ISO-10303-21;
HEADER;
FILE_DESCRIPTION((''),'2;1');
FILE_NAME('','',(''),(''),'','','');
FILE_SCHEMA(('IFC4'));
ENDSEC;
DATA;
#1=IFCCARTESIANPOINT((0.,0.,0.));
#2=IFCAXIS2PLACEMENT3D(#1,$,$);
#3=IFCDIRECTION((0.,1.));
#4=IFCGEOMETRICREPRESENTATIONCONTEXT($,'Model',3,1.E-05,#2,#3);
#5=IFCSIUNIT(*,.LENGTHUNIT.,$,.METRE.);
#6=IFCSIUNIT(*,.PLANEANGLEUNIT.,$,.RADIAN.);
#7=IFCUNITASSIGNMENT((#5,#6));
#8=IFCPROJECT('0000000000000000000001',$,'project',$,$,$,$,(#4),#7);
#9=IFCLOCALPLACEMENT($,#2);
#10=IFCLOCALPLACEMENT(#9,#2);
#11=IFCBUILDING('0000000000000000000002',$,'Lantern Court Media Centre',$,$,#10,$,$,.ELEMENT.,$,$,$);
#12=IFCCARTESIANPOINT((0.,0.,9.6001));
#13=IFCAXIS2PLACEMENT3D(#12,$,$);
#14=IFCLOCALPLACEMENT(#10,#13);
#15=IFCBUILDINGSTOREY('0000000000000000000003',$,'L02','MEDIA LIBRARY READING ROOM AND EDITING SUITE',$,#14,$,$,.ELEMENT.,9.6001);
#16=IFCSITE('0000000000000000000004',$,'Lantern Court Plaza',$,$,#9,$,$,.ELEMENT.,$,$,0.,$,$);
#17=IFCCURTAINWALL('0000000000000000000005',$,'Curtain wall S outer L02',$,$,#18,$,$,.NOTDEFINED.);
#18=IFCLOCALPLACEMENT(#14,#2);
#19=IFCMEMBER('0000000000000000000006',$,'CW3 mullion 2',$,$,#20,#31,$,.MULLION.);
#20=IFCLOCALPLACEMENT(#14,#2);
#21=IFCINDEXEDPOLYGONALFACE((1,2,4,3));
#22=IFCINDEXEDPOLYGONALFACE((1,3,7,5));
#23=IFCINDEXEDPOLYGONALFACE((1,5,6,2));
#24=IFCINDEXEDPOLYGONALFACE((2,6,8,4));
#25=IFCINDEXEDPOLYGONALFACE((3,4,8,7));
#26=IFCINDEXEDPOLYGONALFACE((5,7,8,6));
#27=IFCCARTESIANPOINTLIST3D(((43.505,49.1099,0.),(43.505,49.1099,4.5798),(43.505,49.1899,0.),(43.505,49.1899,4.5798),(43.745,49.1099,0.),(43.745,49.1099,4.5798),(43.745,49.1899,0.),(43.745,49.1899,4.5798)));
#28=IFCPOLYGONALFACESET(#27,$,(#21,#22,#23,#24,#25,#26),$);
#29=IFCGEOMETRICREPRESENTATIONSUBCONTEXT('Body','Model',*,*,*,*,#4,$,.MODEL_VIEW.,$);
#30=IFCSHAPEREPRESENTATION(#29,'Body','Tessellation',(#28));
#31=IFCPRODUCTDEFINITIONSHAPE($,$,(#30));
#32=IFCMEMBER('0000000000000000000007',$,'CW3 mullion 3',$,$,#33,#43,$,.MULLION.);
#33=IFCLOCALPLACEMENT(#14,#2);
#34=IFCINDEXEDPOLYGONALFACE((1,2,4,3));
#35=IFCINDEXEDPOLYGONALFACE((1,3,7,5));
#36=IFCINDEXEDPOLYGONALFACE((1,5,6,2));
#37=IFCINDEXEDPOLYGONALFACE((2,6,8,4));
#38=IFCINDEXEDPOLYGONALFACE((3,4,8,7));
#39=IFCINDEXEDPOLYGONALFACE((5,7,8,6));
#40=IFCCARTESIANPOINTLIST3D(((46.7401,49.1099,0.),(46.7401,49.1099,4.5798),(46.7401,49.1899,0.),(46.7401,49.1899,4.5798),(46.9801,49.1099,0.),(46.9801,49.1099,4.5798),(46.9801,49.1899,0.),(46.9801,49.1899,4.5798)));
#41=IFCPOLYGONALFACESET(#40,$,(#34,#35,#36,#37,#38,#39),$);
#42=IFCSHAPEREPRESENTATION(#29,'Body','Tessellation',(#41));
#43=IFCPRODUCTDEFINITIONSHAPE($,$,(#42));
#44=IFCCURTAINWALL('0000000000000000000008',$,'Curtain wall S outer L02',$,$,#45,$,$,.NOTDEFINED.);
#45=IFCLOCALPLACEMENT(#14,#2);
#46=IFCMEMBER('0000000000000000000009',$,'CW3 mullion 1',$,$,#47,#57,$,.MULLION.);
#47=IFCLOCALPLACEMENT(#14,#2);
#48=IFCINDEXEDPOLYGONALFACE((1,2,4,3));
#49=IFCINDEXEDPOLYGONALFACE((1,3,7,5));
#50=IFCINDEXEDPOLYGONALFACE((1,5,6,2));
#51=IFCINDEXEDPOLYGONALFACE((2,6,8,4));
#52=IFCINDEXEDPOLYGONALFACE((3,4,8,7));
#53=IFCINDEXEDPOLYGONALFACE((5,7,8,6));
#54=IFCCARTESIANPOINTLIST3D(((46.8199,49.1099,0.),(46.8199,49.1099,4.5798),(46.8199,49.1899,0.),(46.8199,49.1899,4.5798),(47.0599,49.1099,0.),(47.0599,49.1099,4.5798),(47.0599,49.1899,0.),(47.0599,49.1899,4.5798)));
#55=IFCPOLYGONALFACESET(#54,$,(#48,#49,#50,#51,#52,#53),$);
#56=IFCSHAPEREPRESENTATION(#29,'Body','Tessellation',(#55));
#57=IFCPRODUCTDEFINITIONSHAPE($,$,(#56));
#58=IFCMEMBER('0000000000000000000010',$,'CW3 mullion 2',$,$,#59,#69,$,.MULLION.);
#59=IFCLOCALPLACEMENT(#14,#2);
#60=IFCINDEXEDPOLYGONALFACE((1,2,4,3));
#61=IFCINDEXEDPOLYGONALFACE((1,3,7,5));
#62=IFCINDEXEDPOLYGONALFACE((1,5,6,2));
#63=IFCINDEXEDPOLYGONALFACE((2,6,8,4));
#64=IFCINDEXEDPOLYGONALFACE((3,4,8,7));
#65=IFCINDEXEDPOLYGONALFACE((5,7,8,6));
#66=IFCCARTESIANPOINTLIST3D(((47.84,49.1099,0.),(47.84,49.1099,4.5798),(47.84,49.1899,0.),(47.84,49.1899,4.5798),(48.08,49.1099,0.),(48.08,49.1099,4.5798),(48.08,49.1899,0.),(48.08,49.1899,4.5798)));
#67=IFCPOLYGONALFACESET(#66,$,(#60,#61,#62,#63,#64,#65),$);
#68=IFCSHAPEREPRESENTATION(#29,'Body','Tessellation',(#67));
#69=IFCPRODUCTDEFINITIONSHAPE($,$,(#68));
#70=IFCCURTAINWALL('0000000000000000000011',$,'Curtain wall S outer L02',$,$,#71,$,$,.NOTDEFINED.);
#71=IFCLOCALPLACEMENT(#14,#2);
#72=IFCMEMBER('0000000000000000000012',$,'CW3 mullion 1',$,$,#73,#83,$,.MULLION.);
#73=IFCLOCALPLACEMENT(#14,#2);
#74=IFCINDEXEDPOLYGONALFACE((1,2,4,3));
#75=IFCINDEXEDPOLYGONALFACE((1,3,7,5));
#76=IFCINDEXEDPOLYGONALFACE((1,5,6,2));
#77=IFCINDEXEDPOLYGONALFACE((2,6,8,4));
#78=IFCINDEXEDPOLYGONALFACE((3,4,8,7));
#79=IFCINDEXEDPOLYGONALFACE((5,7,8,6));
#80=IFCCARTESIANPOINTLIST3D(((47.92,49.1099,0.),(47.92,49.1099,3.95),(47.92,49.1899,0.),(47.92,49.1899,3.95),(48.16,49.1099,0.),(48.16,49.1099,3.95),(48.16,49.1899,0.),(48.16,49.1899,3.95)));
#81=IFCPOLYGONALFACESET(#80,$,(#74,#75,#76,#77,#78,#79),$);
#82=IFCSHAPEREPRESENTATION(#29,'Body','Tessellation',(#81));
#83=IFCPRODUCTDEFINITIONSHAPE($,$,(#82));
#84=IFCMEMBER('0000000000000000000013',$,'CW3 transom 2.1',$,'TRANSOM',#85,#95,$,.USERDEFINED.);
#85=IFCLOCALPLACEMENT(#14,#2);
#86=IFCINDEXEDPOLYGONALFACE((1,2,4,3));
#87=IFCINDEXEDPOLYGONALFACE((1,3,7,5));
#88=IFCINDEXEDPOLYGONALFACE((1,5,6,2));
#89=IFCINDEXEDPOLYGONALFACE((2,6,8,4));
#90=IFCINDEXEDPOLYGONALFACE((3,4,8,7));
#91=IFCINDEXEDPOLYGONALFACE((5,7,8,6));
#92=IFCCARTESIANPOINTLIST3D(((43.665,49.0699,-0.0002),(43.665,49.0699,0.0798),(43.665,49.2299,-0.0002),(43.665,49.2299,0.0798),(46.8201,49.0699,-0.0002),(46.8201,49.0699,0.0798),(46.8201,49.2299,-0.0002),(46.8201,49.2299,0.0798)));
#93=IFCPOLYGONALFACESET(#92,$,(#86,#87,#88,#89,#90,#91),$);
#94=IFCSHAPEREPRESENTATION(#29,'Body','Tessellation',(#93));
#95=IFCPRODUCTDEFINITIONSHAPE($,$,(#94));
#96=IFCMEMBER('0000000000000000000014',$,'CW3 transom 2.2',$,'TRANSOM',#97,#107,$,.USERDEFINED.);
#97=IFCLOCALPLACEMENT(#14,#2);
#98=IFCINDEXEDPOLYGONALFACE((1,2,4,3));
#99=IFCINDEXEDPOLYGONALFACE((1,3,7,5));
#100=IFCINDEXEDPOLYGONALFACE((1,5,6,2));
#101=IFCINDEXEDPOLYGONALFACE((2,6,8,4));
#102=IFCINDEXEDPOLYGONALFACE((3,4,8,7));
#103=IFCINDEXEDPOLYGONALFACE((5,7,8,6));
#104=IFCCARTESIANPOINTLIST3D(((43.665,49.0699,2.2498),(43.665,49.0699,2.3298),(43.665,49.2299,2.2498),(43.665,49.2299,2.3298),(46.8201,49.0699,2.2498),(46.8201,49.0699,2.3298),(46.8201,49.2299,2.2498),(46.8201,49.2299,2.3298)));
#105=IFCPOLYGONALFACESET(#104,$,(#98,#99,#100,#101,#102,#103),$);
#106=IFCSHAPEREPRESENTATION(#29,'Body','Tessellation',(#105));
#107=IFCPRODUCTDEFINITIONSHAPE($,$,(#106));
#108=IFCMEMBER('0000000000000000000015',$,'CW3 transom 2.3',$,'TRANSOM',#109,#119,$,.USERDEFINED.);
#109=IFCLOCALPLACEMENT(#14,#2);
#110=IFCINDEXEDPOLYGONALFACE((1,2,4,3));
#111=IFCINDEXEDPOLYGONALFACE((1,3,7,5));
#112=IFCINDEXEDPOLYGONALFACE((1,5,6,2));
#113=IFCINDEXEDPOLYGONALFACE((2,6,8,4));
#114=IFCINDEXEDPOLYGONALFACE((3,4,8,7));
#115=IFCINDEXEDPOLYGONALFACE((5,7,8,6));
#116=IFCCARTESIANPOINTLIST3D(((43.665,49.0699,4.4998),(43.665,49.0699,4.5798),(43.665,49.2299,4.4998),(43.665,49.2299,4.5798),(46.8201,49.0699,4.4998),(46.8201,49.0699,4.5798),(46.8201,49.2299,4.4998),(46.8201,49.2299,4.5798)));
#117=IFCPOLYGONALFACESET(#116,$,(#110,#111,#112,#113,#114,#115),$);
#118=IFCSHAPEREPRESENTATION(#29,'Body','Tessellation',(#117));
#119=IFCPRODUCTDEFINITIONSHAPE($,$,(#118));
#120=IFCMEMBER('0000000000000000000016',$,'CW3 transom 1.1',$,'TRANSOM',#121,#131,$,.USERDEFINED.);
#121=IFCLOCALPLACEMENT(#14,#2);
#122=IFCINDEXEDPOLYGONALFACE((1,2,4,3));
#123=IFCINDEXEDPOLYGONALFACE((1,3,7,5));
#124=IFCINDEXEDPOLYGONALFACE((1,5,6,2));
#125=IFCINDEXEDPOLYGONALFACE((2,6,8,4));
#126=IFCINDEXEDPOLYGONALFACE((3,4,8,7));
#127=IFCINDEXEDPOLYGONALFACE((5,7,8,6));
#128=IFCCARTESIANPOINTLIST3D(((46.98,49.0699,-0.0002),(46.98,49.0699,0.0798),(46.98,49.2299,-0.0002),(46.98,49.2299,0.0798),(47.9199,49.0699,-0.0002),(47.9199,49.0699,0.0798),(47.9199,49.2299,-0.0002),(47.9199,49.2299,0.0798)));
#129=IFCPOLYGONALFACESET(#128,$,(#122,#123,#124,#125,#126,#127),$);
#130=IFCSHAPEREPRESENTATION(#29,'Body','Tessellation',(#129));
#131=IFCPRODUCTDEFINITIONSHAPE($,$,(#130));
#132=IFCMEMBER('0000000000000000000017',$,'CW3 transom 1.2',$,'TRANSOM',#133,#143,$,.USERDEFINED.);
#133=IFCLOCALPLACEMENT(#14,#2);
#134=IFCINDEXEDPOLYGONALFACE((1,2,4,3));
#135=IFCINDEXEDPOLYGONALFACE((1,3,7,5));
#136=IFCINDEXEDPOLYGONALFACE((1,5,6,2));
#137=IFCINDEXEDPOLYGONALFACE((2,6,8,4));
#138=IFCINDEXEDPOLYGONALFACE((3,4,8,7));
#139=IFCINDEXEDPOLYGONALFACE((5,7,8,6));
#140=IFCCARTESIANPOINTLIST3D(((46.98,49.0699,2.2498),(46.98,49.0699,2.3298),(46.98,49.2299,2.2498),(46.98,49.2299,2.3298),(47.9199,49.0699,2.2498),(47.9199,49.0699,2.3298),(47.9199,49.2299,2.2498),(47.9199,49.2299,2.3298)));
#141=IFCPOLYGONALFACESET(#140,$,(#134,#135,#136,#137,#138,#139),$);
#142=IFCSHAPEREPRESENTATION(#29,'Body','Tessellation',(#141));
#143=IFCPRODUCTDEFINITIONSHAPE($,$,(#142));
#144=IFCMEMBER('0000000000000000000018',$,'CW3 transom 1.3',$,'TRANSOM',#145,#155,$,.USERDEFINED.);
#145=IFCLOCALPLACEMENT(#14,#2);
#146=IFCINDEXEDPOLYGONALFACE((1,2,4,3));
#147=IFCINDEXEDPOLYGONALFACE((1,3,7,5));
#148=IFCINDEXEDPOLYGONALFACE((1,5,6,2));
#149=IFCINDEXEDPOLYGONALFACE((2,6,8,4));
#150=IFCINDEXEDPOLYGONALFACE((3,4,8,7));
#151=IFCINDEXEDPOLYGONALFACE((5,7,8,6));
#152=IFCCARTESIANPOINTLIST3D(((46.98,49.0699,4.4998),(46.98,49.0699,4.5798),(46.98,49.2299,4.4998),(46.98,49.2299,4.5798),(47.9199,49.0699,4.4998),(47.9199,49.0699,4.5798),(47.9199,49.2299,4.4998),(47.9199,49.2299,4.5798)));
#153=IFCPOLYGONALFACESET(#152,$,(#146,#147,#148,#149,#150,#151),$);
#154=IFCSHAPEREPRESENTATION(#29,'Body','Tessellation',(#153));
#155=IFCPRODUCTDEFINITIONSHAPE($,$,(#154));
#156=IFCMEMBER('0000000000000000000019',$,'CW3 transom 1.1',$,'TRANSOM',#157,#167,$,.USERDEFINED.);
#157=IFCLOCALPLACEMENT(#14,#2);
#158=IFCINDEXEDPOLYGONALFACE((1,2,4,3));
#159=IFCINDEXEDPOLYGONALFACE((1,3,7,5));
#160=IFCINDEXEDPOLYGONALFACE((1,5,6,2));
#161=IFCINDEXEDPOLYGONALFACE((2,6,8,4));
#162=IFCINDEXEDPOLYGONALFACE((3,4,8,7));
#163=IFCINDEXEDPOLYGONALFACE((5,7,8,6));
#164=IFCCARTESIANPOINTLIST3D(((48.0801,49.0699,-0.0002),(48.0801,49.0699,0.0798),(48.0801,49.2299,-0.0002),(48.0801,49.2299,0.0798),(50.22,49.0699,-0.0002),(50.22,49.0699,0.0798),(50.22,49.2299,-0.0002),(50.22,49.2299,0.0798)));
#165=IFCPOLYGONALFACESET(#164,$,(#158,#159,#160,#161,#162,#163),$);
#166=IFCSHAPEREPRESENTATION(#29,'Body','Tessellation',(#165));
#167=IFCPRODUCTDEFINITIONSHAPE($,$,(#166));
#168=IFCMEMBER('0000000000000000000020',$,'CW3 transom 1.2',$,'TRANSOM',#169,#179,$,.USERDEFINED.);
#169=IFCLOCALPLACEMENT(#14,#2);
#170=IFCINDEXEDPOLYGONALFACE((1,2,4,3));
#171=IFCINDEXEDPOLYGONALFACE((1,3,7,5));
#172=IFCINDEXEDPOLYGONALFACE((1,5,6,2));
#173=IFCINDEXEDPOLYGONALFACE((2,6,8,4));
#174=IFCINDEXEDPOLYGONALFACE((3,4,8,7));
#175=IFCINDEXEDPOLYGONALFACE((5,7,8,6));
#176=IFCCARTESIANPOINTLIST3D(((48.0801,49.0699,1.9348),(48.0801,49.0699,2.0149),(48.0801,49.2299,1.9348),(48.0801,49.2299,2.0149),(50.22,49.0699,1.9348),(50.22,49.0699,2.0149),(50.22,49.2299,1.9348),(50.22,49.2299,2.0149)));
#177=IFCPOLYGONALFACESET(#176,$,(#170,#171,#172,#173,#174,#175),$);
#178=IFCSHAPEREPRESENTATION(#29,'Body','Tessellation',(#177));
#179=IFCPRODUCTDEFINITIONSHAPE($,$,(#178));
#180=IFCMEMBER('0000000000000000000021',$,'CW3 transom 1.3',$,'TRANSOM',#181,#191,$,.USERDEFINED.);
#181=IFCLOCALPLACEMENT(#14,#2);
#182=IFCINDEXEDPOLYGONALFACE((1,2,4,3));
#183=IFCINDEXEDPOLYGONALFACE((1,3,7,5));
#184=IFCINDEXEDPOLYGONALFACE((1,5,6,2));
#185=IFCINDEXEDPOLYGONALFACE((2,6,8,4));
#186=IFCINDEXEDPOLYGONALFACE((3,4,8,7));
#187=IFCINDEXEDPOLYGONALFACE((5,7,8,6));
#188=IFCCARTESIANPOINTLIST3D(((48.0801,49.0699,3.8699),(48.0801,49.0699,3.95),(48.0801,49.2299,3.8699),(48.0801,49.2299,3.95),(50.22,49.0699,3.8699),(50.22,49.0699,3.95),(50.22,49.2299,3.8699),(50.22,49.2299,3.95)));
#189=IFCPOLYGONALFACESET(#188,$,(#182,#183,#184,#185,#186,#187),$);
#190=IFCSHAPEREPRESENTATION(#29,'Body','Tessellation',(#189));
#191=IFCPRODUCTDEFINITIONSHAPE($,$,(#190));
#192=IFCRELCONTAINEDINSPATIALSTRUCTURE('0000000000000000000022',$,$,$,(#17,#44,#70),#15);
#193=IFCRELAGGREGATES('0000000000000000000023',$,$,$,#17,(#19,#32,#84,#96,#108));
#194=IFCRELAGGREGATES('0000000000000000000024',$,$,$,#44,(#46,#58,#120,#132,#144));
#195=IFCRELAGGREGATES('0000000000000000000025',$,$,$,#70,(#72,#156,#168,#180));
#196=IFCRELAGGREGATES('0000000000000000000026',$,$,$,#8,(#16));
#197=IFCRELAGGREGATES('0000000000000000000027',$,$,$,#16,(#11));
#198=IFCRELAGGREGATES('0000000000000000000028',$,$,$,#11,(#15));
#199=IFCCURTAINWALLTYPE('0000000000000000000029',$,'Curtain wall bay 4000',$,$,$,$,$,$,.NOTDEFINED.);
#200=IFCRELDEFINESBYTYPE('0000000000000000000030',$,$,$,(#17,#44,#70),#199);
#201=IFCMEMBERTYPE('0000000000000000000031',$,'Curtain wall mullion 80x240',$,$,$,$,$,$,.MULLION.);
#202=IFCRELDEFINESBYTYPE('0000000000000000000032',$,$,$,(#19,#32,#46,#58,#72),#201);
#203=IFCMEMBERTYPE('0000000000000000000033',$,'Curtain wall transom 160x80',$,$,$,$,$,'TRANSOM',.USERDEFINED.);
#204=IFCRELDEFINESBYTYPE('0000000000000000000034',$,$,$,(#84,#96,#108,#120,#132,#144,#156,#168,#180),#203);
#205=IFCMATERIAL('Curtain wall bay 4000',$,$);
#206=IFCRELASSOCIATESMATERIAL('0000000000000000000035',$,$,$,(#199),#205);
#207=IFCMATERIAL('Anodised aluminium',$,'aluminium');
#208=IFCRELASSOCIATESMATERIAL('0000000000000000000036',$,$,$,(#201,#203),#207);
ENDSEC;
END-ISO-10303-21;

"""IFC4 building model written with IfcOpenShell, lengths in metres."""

from ifc_helpers import new_model, si_unit, direction, frame, origin, origin_2d, place, context, subcontext, project, spatial, rectangle, extrude, material, material_profile, profile_set, type_object, element, aggregate, save


model = new_model("IFC4")

# Units and contexts
model_context = context("Model", 3, precision=1e-05, world=origin(), true_north=direction((0.0, 1.0)))
body_context = subcontext(model_context, "Body", "Model", "MODEL_VIEW")
ifc_project = project(units=[si_unit("LENGTHUNIT", "METRE"), si_unit("PLANEANGLEUNIT", "RADIAN")], contexts=[model_context])

# Site, building, storey
site_placement = place(None, origin())
site = spatial("IfcSite", under=ifc_project, at=site_placement, Name="Lantern Court Plaza", CompositionType="ELEMENT", RefElevation=0.0)
building_placement = place(site_placement, origin())
building = spatial("IfcBuilding", under=site, at=building_placement, Name="Lantern Court Media Centre", CompositionType="ELEMENT")
storey_placement = place(building_placement, frame((0.0, 0.0, 9.6001)))
storey = spatial("IfcBuildingStorey", under=building, at=storey_placement, Name="L02", Description="MEDIA LIBRARY READING ROOM AND EDITING SUITE", CompositionType="ELEMENT", Elevation=9.6001)

# Curtain walls, members
ifc_material_1 = material(Name="Curtain wall bay 4000")
curtain_wall_type = type_object("IfcCurtainWallType", Name="Curtain wall bay 4000", PredefinedType="NOTDEFINED", material=ifc_material_1)
curtain_wall_1_placement = place(storey_placement, origin())
curtain_wall_1 = element("IfcCurtainWall", 1, at=curtain_wall_1_placement, inside=storey, type_object=curtain_wall_type, Name="Curtain wall S outer L02", PredefinedType="NOTDEFINED")
ifc_material_2 = material(Name="Anodised aluminium", Category="aluminium")
ifc_material_profile_1 = material_profile(ifc_material_2, rectangle(XDim=0.0801, YDim=0.24, at=origin_2d()), Name="AL 80x240")
ifc_profile_set_1 = profile_set([ifc_material_profile_1], Name="Anodised aluminium")
member_type_1 = type_object("IfcMemberType", Name="Curtain wall mullion 80x240", PredefinedType="MULLION", material=ifc_profile_set_1)
member_1_placement = place(storey_placement, frame((43.625, 49.1499, 0.0), z_axis=(0.0, 0.0, 1.0), x_axis=(0.0, 1.0, 0.0)))
member_1 = element("IfcMember", 2, at=member_1_placement, type_object=member_type_1, Name="CW3 mullion 2", PredefinedType="MULLION", context=body_context, shape_type="SweptSolid", body=[
    extrude(rectangle(XDim=0.0801, YDim=0.24, at=origin_2d()), origin(), (0.0, 0.0, 1.0), 4.5798),
])
member_2_placement = place(storey_placement, frame((46.8601, 49.1499, 0.0), z_axis=(0.0, 0.0, 1.0), x_axis=(0.0, 1.0, 0.0)))
member_2 = element("IfcMember", 3, at=member_2_placement, type_object=member_type_1, Name="CW3 mullion 3", PredefinedType="MULLION", context=body_context, shape_type="SweptSolid", body=[
    extrude(rectangle(XDim=0.0801, YDim=0.24, at=origin_2d()), origin(), (0.0, 0.0, 1.0), 4.5798),
])
curtain_wall_2_placement = place(storey_placement, origin())
curtain_wall_2 = element("IfcCurtainWall", 4, at=curtain_wall_2_placement, inside=storey, type_object=curtain_wall_type, Name="Curtain wall S outer L02", PredefinedType="NOTDEFINED")
member_3_placement = place(storey_placement, frame((46.9399, 49.1499, 0.0), z_axis=(0.0, 0.0, 1.0), x_axis=(0.0, 1.0, 0.0)))
member_3 = element("IfcMember", 5, at=member_3_placement, type_object=member_type_1, Name="CW3 mullion 1", PredefinedType="MULLION", context=body_context, shape_type="SweptSolid", body=[
    extrude(rectangle(XDim=0.0801, YDim=0.24, at=origin_2d()), origin(), (0.0, 0.0, 1.0), 4.5798),
])
member_4_placement = place(storey_placement, frame((47.96, 49.1499, 0.0), z_axis=(0.0, 0.0, 1.0), x_axis=(0.0, 1.0, 0.0)))
member_4 = element("IfcMember", 6, at=member_4_placement, type_object=member_type_1, Name="CW3 mullion 2", PredefinedType="MULLION", context=body_context, shape_type="SweptSolid", body=[
    extrude(rectangle(XDim=0.0801, YDim=0.24, at=origin_2d()), origin(), (0.0, 0.0, 1.0), 4.5798),
])

# Curtain wall, member
curtain_wall_3_placement = place(storey_placement, origin())
curtain_wall_3 = element("IfcCurtainWall", 7, at=curtain_wall_3_placement, inside=storey, type_object=curtain_wall_type, Name="Curtain wall S outer L02", PredefinedType="NOTDEFINED")
member_5_placement = place(storey_placement, frame((48.04, 49.1499, 0.0), z_axis=(0.0, 0.0, 1.0), x_axis=(0.0, 1.0, 0.0)))
member_5 = element("IfcMember", 8, at=member_5_placement, type_object=member_type_1, Name="CW3 mullion 1", PredefinedType="MULLION", context=body_context, shape_type="SweptSolid", body=[
    extrude(rectangle(XDim=0.0801, YDim=0.24, at=origin_2d()), origin(), (0.0, 0.0, 1.0), 3.95),
])

# Members
ifc_material_profile_2 = material_profile(ifc_material_2, rectangle(XDim=0.1599, YDim=0.0801, at=origin_2d()), Name="AL 80x160")
ifc_profile_set_2 = profile_set([ifc_material_profile_2], Name="Anodised aluminium")
member_type_2 = type_object("IfcMemberType", Name="Curtain wall transom 160x80", ElementType="TRANSOM", PredefinedType="USERDEFINED", material=ifc_profile_set_2)
member_6_placement = place(storey_placement, frame((43.665, 49.1499, 0.0398), z_axis=(1.0, 0.0, 0.0), x_axis=(0.0, 1.0, 0.0)))
member_6 = element("IfcMember", 9, at=member_6_placement, type_object=member_type_2, Name="CW3 transom 2.1", ObjectType="TRANSOM", PredefinedType="USERDEFINED", context=body_context, shape_type="SweptSolid", body=[
    extrude(rectangle(XDim=0.1599, YDim=0.0801, at=origin_2d()), origin(), (0.0, 0.0, 1.0), 3.155),
])
member_7_placement = place(storey_placement, frame((43.665, 49.1499, 2.2898), z_axis=(1.0, 0.0, 0.0), x_axis=(0.0, 1.0, 0.0)))
member_7 = element("IfcMember", 10, at=member_7_placement, type_object=member_type_2, Name="CW3 transom 2.2", ObjectType="TRANSOM", PredefinedType="USERDEFINED", context=body_context, shape_type="SweptSolid", body=[
    extrude(rectangle(XDim=0.1599, YDim=0.0801, at=origin_2d()), origin(), (0.0, 0.0, 1.0), 3.155),
])
member_8_placement = place(storey_placement, frame((43.665, 49.1499, 4.5398), z_axis=(1.0, 0.0, 0.0), x_axis=(0.0, 1.0, 0.0)))
member_8 = element("IfcMember", 11, at=member_8_placement, type_object=member_type_2, Name="CW3 transom 2.3", ObjectType="TRANSOM", PredefinedType="USERDEFINED", context=body_context, shape_type="SweptSolid", body=[
    extrude(rectangle(XDim=0.1599, YDim=0.0801, at=origin_2d()), origin(), (0.0, 0.0, 1.0), 3.155),
])
member_9_placement = place(storey_placement, frame((46.98, 49.1499, 0.0398), z_axis=(1.0, 0.0, 0.0), x_axis=(0.0, 1.0, 0.0)))
member_9 = element("IfcMember", 12, at=member_9_placement, type_object=member_type_2, Name="CW3 transom 1.1", ObjectType="TRANSOM", PredefinedType="USERDEFINED", context=body_context, shape_type="SweptSolid", body=[
    extrude(rectangle(XDim=0.1599, YDim=0.0801, at=origin_2d()), origin(), (0.0, 0.0, 1.0), 0.9399),
])
member_10_placement = place(storey_placement, frame((46.98, 49.1499, 2.2898), z_axis=(1.0, 0.0, 0.0), x_axis=(0.0, 1.0, 0.0)))
member_10 = element("IfcMember", 13, at=member_10_placement, type_object=member_type_2, Name="CW3 transom 1.2", ObjectType="TRANSOM", PredefinedType="USERDEFINED", context=body_context, shape_type="SweptSolid", body=[
    extrude(rectangle(XDim=0.1599, YDim=0.0801, at=origin_2d()), origin(), (0.0, 0.0, 1.0), 0.9399),
])
member_11_placement = place(storey_placement, frame((46.98, 49.1499, 4.5398), z_axis=(1.0, 0.0, 0.0), x_axis=(0.0, 1.0, 0.0)))
member_11 = element("IfcMember", 14, at=member_11_placement, type_object=member_type_2, Name="CW3 transom 1.3", ObjectType="TRANSOM", PredefinedType="USERDEFINED", context=body_context, shape_type="SweptSolid", body=[
    extrude(rectangle(XDim=0.1599, YDim=0.0801, at=origin_2d()), origin(), (0.0, 0.0, 1.0), 0.9399),
])
member_12_placement = place(storey_placement, frame((48.0801, 49.1499, 0.0398), z_axis=(1.0, 0.0, 0.0), x_axis=(0.0, 1.0, 0.0)))
member_12 = element("IfcMember", 15, at=member_12_placement, type_object=member_type_2, Name="CW3 transom 1.1", ObjectType="TRANSOM", PredefinedType="USERDEFINED", context=body_context, shape_type="SweptSolid", body=[
    extrude(rectangle(XDim=0.1599, YDim=0.0801, at=origin_2d()), origin(), (0.0, 0.0, 1.0), 2.1399),
])
member_13_placement = place(storey_placement, frame((48.0801, 49.1499, 1.9749), z_axis=(1.0, 0.0, 0.0), x_axis=(0.0, 1.0, 0.0)))
member_13 = element("IfcMember", 16, at=member_13_placement, type_object=member_type_2, Name="CW3 transom 1.2", ObjectType="TRANSOM", PredefinedType="USERDEFINED", context=body_context, shape_type="SweptSolid", body=[
    extrude(rectangle(XDim=0.1599, YDim=0.0801, at=origin_2d()), origin(), (0.0, 0.0, 1.0), 2.1399),
])
member_14_placement = place(storey_placement, frame((48.0801, 49.1499, 3.9099), z_axis=(1.0, 0.0, 0.0), x_axis=(0.0, 1.0, 0.0)))
member_14 = element("IfcMember", 17, at=member_14_placement, type_object=member_type_2, Name="CW3 transom 1.3", ObjectType="TRANSOM", PredefinedType="USERDEFINED", context=body_context, shape_type="SweptSolid", body=[
    extrude(rectangle(XDim=0.1599, YDim=0.0801, at=origin_2d()), origin(), (0.0, 0.0, 1.0), 2.1399),
])

aggregate(curtain_wall_1, [member_1, member_2, member_6, member_7, member_8])
aggregate(curtain_wall_2, [member_3, member_4, member_9, member_10, member_11])
aggregate(curtain_wall_3, [member_5, member_12, member_13, member_14])

save(model, "model.ifc")
